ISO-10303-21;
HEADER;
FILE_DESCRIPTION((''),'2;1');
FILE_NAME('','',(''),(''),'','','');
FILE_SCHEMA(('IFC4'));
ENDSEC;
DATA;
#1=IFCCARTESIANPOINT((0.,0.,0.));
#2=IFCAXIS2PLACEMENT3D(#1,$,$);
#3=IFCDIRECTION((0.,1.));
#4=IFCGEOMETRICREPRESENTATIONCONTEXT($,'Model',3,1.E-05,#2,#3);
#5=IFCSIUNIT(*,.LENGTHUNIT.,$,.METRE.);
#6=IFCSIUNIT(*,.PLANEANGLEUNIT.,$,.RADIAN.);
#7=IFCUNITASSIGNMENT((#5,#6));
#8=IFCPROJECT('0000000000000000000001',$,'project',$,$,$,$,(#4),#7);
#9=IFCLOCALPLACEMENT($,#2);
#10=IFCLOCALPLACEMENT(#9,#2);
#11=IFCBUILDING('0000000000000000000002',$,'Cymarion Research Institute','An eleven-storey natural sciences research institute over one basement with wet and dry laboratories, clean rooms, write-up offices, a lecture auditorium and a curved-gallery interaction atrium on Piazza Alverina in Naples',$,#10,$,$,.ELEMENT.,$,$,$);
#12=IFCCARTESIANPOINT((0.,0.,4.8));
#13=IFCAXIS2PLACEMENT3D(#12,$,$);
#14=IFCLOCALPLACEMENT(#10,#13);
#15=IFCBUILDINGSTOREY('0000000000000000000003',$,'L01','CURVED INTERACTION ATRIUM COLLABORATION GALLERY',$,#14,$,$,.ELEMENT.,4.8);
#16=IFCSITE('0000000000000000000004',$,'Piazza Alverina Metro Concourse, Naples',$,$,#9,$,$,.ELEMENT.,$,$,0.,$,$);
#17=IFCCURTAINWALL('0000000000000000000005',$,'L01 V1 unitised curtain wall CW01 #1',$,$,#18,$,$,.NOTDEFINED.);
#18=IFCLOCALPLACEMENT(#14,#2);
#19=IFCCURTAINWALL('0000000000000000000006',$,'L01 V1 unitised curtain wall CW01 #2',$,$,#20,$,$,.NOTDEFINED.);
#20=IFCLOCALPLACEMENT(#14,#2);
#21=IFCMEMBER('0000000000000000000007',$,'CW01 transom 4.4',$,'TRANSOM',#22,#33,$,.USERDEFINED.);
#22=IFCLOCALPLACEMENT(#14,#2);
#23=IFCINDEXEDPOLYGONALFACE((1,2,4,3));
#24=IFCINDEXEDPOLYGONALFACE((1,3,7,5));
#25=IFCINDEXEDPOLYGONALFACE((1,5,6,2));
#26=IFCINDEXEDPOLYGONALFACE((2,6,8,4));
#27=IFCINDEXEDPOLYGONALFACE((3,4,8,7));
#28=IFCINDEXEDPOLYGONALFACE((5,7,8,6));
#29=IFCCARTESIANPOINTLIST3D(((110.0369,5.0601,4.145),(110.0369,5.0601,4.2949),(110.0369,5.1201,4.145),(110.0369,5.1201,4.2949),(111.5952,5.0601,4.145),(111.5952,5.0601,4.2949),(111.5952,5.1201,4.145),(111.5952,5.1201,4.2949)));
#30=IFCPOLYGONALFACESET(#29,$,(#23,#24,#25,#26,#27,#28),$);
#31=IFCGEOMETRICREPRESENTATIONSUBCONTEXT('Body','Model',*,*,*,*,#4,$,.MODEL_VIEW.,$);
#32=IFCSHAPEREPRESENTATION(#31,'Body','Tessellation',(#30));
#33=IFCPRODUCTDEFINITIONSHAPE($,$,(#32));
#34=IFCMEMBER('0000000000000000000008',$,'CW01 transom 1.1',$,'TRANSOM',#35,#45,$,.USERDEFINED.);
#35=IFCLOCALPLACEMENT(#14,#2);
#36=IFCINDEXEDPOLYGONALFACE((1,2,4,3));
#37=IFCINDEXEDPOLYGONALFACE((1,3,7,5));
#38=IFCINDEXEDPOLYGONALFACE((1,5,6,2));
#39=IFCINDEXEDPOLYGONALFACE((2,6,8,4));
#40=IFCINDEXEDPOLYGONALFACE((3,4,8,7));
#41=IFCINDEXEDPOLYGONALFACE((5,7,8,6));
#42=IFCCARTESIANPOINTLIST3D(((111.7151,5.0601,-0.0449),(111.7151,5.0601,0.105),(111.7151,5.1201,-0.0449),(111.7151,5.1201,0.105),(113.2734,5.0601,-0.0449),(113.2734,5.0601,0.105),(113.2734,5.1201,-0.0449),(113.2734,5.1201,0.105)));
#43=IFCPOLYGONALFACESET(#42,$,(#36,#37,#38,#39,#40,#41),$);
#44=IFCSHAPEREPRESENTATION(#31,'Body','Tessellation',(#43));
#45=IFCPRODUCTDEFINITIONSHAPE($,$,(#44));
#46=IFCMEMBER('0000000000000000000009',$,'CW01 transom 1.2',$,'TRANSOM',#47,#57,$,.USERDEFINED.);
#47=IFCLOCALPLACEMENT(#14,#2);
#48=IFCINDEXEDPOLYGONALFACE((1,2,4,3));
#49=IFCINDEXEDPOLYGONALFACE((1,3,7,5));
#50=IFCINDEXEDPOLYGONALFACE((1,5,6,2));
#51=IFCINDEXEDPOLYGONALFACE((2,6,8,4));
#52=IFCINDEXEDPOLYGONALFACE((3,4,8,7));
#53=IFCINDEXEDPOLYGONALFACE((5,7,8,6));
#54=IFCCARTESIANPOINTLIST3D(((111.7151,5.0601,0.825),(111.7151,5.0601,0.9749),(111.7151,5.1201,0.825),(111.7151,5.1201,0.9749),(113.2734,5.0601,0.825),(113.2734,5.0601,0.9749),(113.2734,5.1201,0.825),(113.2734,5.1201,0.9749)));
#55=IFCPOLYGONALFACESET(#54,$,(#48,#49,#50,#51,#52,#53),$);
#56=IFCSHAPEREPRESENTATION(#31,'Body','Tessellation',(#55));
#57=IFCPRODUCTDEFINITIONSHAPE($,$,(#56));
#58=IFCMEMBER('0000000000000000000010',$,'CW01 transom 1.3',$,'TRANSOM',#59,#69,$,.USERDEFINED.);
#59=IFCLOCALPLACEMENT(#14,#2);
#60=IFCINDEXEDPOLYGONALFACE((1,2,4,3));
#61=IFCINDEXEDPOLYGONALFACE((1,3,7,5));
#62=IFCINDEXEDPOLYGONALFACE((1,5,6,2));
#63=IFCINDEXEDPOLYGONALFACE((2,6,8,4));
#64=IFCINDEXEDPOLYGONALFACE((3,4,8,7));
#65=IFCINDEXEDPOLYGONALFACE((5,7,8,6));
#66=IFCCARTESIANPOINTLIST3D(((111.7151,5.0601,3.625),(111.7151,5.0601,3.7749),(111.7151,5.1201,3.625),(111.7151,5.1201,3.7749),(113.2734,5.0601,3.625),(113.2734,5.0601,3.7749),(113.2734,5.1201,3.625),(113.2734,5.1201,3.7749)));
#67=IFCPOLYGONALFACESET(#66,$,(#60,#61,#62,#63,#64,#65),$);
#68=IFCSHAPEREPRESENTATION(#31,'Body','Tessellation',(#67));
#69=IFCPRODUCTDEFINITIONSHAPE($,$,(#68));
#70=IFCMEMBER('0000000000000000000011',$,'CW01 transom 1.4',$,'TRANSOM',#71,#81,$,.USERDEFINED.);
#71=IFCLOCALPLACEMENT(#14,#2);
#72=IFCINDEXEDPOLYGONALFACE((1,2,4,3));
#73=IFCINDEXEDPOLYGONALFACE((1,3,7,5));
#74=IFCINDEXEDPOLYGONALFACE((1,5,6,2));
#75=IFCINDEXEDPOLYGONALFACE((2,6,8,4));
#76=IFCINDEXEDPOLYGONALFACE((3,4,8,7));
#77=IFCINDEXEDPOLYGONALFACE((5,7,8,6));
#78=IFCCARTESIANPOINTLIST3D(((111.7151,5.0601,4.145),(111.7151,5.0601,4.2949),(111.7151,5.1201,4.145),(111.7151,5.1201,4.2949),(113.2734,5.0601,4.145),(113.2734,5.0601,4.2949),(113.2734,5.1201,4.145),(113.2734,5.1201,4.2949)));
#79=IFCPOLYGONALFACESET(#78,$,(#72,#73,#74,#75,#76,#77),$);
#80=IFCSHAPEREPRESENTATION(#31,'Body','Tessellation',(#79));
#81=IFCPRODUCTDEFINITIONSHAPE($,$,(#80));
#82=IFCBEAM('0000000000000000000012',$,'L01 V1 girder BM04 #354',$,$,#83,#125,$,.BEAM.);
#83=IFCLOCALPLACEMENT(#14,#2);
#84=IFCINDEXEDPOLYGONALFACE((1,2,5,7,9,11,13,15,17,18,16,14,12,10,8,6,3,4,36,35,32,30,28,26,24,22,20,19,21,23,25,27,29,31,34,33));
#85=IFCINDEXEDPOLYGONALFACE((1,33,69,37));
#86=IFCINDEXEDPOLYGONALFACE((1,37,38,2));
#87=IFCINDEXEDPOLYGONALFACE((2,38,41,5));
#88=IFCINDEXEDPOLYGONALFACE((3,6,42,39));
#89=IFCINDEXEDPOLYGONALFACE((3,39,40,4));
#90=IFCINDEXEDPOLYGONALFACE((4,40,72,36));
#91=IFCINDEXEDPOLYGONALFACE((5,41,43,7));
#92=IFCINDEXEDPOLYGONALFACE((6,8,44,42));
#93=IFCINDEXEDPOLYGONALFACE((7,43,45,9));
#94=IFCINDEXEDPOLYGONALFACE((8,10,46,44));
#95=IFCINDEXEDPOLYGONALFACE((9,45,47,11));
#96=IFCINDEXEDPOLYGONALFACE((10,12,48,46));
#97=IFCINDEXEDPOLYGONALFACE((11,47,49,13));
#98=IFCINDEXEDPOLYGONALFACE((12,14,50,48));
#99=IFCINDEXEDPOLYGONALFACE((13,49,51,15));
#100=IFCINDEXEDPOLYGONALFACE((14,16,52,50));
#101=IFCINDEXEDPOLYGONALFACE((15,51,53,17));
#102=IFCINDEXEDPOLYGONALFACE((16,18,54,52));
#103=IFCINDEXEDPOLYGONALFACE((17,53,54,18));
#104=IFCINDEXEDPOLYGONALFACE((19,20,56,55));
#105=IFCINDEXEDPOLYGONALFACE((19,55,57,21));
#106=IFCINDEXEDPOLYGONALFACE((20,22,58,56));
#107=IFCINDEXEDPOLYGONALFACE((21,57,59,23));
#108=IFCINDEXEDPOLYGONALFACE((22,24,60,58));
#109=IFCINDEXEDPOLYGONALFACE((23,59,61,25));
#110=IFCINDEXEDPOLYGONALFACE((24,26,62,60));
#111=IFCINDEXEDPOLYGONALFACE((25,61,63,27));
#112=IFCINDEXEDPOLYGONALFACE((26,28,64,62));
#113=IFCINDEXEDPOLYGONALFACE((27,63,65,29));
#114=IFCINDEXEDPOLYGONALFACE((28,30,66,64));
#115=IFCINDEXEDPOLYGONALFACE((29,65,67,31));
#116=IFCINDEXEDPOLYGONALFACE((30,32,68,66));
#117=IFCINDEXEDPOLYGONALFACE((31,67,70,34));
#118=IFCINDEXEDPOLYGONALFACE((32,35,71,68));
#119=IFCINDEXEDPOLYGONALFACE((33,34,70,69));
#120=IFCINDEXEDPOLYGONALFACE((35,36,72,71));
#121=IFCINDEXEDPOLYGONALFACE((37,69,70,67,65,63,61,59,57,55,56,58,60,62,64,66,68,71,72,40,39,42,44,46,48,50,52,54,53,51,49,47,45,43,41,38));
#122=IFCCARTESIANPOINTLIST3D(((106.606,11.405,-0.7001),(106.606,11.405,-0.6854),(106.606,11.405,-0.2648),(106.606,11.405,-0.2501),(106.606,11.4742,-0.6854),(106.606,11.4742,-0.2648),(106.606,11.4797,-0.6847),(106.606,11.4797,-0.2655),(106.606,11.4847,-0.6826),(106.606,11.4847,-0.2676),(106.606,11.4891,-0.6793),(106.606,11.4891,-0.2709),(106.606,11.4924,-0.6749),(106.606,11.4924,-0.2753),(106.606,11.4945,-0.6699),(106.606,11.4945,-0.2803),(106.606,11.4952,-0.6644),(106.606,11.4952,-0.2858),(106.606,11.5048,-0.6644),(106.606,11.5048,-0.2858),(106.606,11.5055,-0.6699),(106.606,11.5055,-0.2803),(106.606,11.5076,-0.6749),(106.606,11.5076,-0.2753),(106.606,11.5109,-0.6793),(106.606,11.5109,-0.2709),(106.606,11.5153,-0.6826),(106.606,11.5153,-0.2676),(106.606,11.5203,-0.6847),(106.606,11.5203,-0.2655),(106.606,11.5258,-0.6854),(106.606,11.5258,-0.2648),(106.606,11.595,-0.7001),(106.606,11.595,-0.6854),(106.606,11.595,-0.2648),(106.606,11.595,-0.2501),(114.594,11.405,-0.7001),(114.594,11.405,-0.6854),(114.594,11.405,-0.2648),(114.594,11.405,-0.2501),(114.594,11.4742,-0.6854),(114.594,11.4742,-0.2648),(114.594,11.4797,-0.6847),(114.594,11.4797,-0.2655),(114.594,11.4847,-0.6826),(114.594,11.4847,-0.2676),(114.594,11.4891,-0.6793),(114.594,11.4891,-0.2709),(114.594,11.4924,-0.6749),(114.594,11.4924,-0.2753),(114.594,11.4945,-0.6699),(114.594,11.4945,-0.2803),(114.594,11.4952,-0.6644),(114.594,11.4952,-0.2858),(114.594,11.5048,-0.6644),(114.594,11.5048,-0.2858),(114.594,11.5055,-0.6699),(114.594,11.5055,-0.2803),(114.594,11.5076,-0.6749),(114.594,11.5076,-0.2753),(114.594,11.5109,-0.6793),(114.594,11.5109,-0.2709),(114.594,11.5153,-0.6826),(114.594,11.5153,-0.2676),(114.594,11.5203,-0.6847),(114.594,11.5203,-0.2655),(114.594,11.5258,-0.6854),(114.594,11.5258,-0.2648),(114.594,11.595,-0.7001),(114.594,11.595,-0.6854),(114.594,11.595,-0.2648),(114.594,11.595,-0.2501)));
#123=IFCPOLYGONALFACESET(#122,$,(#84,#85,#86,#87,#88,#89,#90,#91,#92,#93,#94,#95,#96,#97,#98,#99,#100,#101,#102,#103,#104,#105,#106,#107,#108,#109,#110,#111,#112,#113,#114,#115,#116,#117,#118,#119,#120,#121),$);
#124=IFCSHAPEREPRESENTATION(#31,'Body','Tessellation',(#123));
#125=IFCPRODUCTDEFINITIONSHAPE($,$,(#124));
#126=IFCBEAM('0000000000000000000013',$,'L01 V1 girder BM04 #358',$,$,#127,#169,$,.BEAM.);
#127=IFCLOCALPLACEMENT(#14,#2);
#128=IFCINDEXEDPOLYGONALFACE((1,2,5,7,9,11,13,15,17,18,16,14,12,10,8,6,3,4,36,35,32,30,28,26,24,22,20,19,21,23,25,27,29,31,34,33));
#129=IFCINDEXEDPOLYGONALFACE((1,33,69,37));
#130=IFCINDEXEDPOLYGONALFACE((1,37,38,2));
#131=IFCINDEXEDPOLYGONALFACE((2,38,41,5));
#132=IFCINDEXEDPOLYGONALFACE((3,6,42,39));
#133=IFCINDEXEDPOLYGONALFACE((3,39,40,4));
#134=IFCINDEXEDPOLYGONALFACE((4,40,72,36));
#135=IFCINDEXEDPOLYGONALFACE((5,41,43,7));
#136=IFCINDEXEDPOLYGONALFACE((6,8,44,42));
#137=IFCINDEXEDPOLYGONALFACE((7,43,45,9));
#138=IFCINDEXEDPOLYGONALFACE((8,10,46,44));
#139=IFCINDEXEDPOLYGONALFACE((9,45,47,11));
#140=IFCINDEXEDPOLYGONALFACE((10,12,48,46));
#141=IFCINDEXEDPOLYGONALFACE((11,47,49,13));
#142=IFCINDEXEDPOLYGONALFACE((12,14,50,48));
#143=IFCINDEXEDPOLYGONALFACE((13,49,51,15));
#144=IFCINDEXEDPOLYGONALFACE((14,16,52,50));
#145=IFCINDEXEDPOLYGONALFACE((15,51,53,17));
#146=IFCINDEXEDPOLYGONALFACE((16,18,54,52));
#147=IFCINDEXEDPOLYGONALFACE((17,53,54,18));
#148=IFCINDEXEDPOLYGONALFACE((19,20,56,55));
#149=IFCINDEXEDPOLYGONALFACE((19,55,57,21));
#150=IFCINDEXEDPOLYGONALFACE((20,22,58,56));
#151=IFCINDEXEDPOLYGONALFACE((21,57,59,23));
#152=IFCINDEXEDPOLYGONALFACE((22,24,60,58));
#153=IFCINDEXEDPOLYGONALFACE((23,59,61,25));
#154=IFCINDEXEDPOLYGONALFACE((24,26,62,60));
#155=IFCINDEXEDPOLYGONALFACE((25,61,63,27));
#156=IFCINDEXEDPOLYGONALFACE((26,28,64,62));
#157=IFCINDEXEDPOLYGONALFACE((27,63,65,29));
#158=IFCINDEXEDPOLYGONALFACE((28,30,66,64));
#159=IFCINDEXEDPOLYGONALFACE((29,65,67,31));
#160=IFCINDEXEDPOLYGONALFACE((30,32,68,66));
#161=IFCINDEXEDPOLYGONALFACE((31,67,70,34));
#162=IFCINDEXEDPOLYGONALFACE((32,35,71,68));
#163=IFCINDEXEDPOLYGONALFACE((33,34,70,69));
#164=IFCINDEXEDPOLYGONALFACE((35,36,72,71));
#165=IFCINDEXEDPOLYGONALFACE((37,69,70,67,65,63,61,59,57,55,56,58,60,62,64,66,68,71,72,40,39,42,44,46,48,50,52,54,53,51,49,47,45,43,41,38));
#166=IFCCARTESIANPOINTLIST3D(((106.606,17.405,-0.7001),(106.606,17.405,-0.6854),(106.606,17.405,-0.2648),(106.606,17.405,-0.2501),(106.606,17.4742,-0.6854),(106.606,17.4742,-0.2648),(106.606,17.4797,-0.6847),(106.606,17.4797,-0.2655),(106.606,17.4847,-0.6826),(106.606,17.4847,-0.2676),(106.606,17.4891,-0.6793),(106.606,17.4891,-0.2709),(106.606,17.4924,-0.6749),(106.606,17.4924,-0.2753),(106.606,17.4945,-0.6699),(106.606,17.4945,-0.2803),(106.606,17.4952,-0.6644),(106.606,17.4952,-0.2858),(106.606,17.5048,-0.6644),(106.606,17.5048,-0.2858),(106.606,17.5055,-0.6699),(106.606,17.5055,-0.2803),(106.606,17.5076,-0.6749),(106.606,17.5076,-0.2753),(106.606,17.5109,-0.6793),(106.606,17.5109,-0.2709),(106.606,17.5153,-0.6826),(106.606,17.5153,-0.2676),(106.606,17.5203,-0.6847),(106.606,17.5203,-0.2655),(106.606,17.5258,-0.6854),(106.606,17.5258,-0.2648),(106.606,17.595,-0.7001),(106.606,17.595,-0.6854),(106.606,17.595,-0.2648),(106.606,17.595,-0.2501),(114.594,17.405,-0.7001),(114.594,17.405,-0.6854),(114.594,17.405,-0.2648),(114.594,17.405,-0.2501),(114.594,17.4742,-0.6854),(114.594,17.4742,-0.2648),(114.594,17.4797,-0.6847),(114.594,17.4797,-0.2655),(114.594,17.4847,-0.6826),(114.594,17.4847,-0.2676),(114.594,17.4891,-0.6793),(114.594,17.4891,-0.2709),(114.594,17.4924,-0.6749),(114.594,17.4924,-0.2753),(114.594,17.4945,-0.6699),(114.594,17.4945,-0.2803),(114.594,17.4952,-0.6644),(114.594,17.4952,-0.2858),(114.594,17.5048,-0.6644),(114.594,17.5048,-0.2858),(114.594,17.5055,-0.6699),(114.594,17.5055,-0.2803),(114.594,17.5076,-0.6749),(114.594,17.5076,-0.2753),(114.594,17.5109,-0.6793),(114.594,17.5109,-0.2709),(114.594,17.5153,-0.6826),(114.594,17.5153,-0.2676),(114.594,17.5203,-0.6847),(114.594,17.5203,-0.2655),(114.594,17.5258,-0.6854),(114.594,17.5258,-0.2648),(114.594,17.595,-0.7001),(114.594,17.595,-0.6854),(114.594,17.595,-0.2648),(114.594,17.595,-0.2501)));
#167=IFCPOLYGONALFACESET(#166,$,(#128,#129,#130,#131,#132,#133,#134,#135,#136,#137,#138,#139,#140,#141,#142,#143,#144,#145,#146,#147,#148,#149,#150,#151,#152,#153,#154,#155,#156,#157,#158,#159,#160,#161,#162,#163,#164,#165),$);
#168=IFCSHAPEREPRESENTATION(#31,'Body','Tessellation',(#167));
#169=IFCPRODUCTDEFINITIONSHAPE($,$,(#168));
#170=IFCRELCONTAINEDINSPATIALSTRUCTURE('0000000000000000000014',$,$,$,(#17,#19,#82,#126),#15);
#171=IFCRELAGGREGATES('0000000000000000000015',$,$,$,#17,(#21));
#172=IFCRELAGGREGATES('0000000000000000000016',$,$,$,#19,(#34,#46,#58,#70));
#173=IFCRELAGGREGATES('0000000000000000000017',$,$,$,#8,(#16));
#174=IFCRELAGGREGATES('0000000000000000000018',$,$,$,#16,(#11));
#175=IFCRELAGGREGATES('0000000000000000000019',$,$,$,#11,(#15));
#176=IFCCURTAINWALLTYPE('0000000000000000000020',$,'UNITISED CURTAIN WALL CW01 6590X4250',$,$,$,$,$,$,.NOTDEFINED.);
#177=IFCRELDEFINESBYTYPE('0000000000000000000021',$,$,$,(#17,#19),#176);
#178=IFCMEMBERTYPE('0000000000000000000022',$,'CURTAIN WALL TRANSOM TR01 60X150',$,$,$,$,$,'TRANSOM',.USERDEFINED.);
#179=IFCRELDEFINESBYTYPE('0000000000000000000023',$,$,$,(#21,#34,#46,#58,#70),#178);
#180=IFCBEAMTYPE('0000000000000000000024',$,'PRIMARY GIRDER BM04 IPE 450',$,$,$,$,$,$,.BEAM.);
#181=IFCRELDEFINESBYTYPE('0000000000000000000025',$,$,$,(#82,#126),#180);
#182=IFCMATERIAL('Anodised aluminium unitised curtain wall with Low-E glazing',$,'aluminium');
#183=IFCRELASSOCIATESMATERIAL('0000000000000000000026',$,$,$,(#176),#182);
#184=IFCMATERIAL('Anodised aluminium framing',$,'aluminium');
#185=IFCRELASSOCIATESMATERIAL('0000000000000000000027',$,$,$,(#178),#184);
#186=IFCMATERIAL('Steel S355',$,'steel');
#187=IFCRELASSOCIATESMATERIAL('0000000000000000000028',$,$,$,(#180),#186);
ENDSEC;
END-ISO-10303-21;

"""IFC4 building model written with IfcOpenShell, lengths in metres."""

from ifc_helpers import new_model, si_unit, direction, frame, origin, origin_2d, place, context, subcontext, project, spatial, rectangle, i_section, extrude, material, material_profile, profile_set, type_object, element, aggregate, save


model = new_model("IFC4")

# Units and contexts
model_context = context("Model", 3, precision=1e-05, world=origin(), true_north=direction((0.0, 1.0)))
body_context = subcontext(model_context, "Body", "Model", "MODEL_VIEW")
ifc_project = project(units=[si_unit("LENGTHUNIT", "METRE"), si_unit("PLANEANGLEUNIT", "RADIAN")], contexts=[model_context])

# Site, building, storey
site_placement = place(None, origin())
site = spatial("IfcSite", under=ifc_project, at=site_placement, Name="Piazza Alverina Metro Concourse, Naples", CompositionType="ELEMENT", RefElevation=0.0)
building_placement = place(site_placement, origin())
building = spatial("IfcBuilding", under=site, at=building_placement, Name="Cymarion Research Institute", Description="An eleven-storey natural sciences research institute over one basement with wet and dry laboratories, clean rooms, write-up offices, a lecture auditorium and a curved-gallery interaction atrium on Piazza Alverina in Naples", CompositionType="ELEMENT")
storey_placement = place(building_placement, frame((0.0, 0.0, 4.8)))
storey = spatial("IfcBuildingStorey", under=building, at=storey_placement, Name="L01", Description="CURVED INTERACTION ATRIUM COLLABORATION GALLERY", CompositionType="ELEMENT", Elevation=4.8)

# Shared definitions
ifc_material_1 = material(Name="Steel S355", Category="steel")

# Curtain walls
ifc_material_2 = material(Name="Anodised aluminium unitised curtain wall with Low-E glazing", Category="aluminium")
curtain_wall_type = type_object("IfcCurtainWallType", Name="UNITISED CURTAIN WALL CW01 6590X4250", PredefinedType="NOTDEFINED", material=ifc_material_2)
curtain_wall_1_placement = place(storey_placement, origin())
curtain_wall_1 = element("IfcCurtainWall", 1, at=curtain_wall_1_placement, inside=storey, type_object=curtain_wall_type, Name="L01 V1 unitised curtain wall CW01 #1", PredefinedType="NOTDEFINED")
ifc_material_3 = material(Name="Anodised aluminium framing", Category="aluminium")
curtain_wall_2_placement = place(storey_placement, origin())
curtain_wall_2 = element("IfcCurtainWall", 2, at=curtain_wall_2_placement, inside=storey, type_object=curtain_wall_type, Name="L01 V1 unitised curtain wall CW01 #2", PredefinedType="NOTDEFINED")

# Members
ifc_material_profile_1 = material_profile(ifc_material_3, rectangle(XDim=0.0601, YDim=0.1499, at=origin_2d()), Name="ALU TRANSOM 60x150")
ifc_profile_set_1 = profile_set([ifc_material_profile_1], Name="Anodised aluminium framing")
member_type_1 = type_object("IfcMemberType", Name="CURTAIN WALL TRANSOM TR01 60X150", ElementType="TRANSOM", PredefinedType="USERDEFINED", material=ifc_profile_set_1)
member_1_placement = place(storey_placement, frame((110.0369, 5.0901, 4.22), z_axis=(1.0, 0.0, 0.0), x_axis=(0.0, 1.0, 0.0)))
member_1 = element("IfcMember", 3, at=member_1_placement, type_object=member_type_1, Name="CW01 transom 4.4", ObjectType="TRANSOM", PredefinedType="USERDEFINED", context=body_context, shape_type="SweptSolid", body=[
    extrude(rectangle(XDim=0.0601, YDim=0.1499, at=origin_2d()), origin(), (0.0, 0.0, 1.0), 1.5583),
])
member_2_placement = place(storey_placement, frame((111.7151, 5.0901, 0.03), z_axis=(1.0, 0.0, 0.0), x_axis=(0.0, 1.0, 0.0)))
member_2 = element("IfcMember", 4, at=member_2_placement, type_object=member_type_1, Name="CW01 transom 1.1", ObjectType="TRANSOM", PredefinedType="USERDEFINED", context=body_context, shape_type="SweptSolid", body=[
    extrude(rectangle(XDim=0.0601, YDim=0.1499, at=origin_2d()), origin(), (0.0, 0.0, 1.0), 1.5583),
])
member_3_placement = place(storey_placement, frame((111.7151, 5.0901, 0.8999), z_axis=(1.0, 0.0, 0.0), x_axis=(0.0, 1.0, 0.0)))
member_3 = element("IfcMember", 5, at=member_3_placement, type_object=member_type_1, Name="CW01 transom 1.2", ObjectType="TRANSOM", PredefinedType="USERDEFINED", context=body_context, shape_type="SweptSolid", body=[
    extrude(rectangle(XDim=0.0601, YDim=0.1499, at=origin_2d()), origin(), (0.0, 0.0, 1.0), 1.5583),
])
member_4_placement = place(storey_placement, frame((111.7151, 5.0901, 3.7), z_axis=(1.0, 0.0, 0.0), x_axis=(0.0, 1.0, 0.0)))
member_4 = element("IfcMember", 6, at=member_4_placement, type_object=member_type_1, Name="CW01 transom 1.3", ObjectType="TRANSOM", PredefinedType="USERDEFINED", context=body_context, shape_type="SweptSolid", body=[
    extrude(rectangle(XDim=0.0601, YDim=0.1499, at=origin_2d()), origin(), (0.0, 0.0, 1.0), 1.5583),
])
member_5_placement = place(storey_placement, frame((111.7151, 5.0901, 4.22), z_axis=(1.0, 0.0, 0.0), x_axis=(0.0, 1.0, 0.0)))
member_5 = element("IfcMember", 7, at=member_5_placement, type_object=member_type_1, Name="CW01 transom 1.4", ObjectType="TRANSOM", PredefinedType="USERDEFINED", context=body_context, shape_type="SweptSolid", body=[
    extrude(rectangle(XDim=0.0601, YDim=0.1499, at=origin_2d()), origin(), (0.0, 0.0, 1.0), 1.5583),
])

# Beams
ifc_material_profile_2 = material_profile(ifc_material_1, i_section(OverallWidth=0.1899, OverallDepth=0.45, WebThickness=0.0095, FlangeThickness=0.0146, FilletRadius=0.021, at=origin_2d()), Name="IPE 450")
ifc_profile_set_2 = profile_set([ifc_material_profile_2], Name="Steel S355")
beam_type_1 = type_object("IfcBeamType", Name="PRIMARY GIRDER BM04 IPE 450", PredefinedType="BEAM", material=ifc_profile_set_2)
for number, where, z_axis, x_axis, name in (
    (8, (106.606, 11.5, -0.4751), (1.0, 0.0, 0.0), (0.0, 1.0, 0.0), "L01 V1 girder BM04 #354"),
    (9, (106.606, 17.5, -0.4751), (1.0, 0.0, 0.0), (0.0, 1.0, 0.0), "L01 V1 girder BM04 #358"),
):
    element("IfcBeam", number, at=place(storey_placement, frame(where, z_axis=z_axis, x_axis=x_axis)), inside=storey, type_object=beam_type_1, Name=name, PredefinedType="BEAM", context=body_context, shape_type="SweptSolid", body=[
        extrude(i_section(OverallWidth=0.1899, OverallDepth=0.45, WebThickness=0.0095, FlangeThickness=0.0146, FilletRadius=0.021, at=origin_2d()), origin(), (0.0, 0.0, 1.0), 7.988),
    ])

aggregate(curtain_wall_1, [member_1])
aggregate(curtain_wall_2, [member_2, member_3, member_4, member_5])

save(model, "model.ifc")
